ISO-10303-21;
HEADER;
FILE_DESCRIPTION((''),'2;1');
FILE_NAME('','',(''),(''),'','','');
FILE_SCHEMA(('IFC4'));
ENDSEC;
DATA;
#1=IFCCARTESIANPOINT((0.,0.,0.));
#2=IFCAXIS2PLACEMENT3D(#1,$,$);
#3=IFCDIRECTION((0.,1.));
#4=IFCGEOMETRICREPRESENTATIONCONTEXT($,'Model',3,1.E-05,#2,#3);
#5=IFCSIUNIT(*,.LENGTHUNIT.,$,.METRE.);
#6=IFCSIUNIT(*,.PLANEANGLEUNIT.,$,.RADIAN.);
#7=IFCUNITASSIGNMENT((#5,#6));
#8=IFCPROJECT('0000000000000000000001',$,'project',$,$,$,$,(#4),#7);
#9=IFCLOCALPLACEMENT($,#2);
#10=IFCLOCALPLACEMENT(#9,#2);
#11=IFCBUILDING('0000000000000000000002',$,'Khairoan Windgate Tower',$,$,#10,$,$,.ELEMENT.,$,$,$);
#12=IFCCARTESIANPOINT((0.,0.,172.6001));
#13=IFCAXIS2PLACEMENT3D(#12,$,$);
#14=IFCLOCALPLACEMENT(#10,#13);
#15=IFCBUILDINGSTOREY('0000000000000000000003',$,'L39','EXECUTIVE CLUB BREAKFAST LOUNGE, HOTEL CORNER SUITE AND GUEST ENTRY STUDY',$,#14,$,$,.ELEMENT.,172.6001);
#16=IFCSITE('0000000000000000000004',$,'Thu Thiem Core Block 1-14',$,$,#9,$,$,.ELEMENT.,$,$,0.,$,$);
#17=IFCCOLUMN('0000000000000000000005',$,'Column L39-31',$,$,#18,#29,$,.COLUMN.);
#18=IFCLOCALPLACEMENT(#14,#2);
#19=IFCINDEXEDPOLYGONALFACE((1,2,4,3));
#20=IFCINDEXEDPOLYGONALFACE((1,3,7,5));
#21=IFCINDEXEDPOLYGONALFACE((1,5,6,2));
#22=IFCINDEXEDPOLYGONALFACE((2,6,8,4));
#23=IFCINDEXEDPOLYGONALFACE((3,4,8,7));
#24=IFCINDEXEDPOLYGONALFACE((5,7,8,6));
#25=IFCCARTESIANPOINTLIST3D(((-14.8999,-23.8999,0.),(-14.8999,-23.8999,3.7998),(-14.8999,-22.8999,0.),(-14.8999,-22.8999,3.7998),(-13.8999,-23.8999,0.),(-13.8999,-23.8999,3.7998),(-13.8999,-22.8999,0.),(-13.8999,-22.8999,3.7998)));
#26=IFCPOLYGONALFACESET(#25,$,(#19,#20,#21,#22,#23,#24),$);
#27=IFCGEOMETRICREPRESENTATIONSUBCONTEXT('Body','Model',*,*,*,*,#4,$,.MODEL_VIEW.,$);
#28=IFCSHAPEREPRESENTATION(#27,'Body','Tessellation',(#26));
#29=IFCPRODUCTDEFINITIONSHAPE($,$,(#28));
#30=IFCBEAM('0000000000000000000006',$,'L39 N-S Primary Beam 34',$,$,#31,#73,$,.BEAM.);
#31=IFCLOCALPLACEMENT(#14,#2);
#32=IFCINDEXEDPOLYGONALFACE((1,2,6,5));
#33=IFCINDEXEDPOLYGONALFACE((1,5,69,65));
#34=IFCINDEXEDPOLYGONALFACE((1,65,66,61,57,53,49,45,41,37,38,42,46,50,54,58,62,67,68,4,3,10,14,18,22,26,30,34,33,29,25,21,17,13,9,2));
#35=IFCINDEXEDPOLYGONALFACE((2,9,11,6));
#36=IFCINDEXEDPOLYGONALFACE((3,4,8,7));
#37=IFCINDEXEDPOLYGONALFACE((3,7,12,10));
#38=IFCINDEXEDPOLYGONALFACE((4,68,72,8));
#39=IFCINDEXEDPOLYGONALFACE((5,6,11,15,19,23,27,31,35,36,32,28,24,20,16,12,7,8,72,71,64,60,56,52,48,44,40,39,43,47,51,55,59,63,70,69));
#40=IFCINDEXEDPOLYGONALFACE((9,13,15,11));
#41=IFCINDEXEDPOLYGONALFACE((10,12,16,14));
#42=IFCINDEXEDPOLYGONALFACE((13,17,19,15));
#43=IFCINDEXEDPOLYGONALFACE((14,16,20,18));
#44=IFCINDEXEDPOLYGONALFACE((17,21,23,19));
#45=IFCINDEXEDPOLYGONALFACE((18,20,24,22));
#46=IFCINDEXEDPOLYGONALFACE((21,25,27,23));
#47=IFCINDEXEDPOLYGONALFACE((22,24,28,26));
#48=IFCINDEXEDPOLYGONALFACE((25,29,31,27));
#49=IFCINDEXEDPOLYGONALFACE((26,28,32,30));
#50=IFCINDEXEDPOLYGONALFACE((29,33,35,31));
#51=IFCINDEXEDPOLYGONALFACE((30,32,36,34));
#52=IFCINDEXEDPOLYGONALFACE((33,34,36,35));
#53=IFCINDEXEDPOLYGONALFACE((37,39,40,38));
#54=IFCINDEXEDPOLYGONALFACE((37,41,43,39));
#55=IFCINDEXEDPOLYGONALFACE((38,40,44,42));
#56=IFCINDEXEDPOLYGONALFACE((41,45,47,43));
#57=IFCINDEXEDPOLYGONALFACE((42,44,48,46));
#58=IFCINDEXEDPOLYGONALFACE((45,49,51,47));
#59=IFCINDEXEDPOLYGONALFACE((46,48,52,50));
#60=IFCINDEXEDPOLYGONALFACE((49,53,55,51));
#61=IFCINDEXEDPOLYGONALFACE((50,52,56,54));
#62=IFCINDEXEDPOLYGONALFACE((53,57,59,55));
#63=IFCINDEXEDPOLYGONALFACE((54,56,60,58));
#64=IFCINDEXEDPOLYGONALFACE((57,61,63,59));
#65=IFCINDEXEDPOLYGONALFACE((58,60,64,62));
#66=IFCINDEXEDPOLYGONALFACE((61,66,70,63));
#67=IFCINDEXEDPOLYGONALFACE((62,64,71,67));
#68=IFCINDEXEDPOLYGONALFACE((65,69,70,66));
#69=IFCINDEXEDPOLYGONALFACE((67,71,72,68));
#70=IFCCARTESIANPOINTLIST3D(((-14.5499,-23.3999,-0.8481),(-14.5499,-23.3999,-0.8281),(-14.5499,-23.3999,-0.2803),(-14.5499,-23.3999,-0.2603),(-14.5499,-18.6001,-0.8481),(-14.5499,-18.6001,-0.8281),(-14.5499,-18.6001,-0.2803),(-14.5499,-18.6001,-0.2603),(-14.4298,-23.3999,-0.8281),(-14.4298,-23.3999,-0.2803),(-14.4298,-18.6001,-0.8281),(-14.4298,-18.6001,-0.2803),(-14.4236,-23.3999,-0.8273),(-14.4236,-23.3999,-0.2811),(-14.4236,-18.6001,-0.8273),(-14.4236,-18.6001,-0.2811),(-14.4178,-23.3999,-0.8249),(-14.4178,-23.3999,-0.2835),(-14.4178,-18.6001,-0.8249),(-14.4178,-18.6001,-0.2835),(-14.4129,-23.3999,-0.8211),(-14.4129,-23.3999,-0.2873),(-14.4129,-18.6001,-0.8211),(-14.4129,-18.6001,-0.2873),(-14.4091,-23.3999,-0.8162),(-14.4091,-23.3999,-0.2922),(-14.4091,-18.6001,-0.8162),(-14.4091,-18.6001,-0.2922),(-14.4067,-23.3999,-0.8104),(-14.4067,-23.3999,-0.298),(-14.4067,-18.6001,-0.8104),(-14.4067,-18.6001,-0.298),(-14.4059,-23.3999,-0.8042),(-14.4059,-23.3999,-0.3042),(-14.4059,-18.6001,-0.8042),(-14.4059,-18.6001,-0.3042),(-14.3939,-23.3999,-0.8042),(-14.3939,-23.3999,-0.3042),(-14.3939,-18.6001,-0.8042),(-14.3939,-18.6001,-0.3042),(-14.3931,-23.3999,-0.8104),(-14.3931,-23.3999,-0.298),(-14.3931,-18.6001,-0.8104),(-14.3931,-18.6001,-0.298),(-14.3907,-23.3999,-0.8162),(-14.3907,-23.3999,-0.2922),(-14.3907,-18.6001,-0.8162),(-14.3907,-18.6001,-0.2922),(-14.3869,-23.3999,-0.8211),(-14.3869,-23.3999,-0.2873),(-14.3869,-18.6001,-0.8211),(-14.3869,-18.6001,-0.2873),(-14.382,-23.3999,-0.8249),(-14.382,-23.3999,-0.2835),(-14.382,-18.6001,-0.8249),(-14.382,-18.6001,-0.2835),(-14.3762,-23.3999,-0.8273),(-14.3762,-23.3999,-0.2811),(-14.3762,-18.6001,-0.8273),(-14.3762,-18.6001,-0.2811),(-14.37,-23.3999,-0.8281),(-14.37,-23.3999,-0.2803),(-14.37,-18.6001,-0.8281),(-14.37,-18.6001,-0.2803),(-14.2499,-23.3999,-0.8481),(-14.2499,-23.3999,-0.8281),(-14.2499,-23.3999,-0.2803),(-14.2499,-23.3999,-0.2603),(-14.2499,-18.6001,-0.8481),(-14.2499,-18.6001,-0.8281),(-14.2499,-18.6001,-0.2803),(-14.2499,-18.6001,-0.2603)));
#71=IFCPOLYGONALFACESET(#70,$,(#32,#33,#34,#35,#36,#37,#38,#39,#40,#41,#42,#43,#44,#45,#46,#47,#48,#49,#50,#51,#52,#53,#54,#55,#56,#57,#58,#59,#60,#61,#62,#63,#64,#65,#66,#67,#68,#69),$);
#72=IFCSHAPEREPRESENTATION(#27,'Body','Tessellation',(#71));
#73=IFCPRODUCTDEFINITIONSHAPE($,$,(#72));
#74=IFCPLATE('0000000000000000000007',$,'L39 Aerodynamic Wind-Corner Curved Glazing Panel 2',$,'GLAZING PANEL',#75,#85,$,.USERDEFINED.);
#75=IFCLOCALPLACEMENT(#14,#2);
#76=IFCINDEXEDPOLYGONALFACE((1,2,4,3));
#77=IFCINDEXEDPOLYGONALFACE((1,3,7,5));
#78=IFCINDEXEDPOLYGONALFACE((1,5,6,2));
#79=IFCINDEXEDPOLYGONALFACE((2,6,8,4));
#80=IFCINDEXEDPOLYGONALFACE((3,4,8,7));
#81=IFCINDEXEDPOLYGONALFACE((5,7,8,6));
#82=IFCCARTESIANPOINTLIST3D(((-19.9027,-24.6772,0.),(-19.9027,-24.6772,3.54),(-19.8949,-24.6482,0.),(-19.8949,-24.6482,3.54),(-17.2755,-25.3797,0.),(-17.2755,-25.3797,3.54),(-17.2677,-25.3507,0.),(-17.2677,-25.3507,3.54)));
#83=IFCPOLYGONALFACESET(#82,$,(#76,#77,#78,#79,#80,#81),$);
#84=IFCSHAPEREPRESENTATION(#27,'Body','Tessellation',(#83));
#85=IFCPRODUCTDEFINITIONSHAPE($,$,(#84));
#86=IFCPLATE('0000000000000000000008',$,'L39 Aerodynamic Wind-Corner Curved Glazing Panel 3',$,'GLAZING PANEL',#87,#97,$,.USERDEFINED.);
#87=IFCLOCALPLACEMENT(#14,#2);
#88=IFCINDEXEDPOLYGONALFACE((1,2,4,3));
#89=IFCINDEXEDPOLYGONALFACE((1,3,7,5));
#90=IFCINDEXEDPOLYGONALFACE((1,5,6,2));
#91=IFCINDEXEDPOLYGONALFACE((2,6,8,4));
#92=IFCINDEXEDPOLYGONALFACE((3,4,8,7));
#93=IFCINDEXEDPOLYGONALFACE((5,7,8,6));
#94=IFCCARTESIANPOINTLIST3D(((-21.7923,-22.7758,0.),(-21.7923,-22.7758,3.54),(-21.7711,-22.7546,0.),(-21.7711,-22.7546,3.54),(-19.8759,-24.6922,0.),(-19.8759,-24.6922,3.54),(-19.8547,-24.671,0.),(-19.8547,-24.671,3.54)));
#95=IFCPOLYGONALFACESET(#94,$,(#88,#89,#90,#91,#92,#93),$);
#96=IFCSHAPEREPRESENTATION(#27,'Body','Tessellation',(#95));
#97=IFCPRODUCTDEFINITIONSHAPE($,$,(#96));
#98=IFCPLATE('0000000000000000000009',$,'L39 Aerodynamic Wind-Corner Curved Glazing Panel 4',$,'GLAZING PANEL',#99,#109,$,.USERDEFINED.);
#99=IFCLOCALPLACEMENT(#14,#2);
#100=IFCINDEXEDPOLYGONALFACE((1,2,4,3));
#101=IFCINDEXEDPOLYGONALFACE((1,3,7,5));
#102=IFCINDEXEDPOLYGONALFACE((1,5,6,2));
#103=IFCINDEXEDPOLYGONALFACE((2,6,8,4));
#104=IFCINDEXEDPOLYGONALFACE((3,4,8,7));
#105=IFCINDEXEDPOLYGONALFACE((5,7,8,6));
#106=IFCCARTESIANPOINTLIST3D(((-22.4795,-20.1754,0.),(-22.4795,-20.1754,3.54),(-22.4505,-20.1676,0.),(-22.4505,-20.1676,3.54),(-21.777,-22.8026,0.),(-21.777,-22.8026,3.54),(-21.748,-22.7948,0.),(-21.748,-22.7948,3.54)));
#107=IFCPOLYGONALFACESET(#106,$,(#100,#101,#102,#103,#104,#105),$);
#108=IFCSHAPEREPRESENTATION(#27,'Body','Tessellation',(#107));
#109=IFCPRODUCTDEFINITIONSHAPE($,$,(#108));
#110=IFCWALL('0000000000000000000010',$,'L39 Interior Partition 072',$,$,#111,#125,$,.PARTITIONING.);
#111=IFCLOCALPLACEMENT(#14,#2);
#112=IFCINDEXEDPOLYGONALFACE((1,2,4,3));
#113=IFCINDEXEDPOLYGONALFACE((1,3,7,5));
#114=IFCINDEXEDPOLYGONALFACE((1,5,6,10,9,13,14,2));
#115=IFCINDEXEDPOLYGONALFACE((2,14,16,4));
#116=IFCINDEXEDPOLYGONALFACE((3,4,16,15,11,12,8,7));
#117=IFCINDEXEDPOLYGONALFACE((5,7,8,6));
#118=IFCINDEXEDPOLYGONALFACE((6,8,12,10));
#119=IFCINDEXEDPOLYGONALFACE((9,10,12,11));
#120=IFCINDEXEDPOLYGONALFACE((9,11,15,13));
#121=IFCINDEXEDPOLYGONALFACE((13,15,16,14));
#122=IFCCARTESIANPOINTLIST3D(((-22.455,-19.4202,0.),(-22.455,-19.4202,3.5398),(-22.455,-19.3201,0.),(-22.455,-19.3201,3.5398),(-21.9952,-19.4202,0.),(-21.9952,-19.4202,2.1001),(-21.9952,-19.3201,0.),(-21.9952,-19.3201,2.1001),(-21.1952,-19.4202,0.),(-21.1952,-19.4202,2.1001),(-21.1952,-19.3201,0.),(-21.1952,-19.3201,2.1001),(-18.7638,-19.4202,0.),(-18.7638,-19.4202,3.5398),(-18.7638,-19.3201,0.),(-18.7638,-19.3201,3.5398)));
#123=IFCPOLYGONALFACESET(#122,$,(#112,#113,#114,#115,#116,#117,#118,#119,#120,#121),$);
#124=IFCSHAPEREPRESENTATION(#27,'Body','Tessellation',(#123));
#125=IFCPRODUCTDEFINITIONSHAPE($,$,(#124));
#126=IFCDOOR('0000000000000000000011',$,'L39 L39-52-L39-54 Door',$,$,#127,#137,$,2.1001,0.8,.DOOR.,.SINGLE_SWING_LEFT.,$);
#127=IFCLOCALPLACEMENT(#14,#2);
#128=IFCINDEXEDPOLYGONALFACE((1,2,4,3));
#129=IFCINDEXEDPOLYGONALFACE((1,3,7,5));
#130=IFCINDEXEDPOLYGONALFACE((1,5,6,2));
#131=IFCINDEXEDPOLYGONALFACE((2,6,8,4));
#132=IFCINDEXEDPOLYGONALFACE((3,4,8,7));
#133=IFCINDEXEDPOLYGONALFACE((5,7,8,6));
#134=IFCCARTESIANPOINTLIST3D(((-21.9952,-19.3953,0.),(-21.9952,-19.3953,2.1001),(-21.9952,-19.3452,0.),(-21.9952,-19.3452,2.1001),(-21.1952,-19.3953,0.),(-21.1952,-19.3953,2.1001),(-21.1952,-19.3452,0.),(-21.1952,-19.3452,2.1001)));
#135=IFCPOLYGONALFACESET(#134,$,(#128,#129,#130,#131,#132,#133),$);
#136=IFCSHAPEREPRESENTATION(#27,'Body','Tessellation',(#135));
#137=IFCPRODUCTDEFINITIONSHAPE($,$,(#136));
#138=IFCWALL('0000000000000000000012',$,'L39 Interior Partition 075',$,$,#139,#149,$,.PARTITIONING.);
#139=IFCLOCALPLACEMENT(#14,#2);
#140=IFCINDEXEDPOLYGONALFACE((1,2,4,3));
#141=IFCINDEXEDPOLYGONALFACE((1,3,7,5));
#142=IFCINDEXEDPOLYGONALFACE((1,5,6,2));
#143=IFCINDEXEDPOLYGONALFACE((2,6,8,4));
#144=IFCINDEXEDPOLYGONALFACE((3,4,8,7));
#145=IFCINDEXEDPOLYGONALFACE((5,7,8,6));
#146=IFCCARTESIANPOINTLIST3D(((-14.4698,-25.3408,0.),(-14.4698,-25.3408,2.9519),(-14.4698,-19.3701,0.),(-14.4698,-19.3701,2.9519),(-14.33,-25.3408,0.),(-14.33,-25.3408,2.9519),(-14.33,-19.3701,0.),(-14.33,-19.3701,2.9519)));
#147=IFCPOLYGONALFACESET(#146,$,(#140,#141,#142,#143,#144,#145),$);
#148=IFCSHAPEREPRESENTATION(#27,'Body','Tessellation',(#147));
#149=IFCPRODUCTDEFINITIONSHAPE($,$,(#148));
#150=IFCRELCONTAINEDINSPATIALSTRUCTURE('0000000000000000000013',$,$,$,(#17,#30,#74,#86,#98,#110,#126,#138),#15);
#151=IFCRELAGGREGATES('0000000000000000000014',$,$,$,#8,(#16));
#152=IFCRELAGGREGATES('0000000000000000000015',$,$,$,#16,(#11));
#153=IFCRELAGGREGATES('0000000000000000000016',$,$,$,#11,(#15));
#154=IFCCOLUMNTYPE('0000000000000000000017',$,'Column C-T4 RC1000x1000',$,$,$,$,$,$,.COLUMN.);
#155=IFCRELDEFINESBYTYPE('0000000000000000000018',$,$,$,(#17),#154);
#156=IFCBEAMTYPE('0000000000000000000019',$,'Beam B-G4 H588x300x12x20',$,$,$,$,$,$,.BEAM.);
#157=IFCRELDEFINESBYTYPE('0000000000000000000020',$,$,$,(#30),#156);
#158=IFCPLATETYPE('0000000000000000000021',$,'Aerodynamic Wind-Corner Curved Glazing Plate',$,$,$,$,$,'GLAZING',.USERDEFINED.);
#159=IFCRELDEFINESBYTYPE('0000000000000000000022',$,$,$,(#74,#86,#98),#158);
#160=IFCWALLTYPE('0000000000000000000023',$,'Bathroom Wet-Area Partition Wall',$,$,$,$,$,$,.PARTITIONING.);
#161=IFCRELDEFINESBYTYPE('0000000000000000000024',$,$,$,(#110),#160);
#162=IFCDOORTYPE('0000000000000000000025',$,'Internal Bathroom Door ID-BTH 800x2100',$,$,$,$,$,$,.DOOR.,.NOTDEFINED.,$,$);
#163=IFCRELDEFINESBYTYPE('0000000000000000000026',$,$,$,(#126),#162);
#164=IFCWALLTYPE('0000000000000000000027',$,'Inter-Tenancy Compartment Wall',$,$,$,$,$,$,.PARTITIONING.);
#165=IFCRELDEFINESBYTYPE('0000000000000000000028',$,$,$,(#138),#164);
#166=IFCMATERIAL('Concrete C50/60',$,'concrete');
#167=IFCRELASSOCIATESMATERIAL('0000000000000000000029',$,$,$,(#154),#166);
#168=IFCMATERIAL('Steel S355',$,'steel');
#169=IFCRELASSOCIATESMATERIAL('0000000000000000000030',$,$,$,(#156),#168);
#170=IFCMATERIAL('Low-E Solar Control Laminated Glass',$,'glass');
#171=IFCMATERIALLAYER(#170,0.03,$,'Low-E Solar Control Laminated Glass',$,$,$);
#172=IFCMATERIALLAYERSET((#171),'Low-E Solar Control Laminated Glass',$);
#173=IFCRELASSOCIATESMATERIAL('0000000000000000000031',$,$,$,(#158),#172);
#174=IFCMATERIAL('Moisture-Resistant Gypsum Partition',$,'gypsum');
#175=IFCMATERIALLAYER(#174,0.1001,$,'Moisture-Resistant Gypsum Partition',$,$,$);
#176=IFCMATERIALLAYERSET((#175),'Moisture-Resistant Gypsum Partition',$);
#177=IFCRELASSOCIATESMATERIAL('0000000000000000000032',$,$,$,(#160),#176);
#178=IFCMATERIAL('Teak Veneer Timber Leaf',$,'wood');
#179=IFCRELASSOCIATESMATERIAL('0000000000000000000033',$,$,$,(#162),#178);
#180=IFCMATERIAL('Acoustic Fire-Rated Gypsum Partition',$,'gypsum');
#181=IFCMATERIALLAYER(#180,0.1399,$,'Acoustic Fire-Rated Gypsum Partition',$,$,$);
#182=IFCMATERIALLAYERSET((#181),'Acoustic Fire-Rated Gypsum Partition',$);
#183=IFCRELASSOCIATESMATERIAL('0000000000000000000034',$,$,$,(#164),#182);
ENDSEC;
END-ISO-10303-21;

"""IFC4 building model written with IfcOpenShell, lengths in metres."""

from ifc_helpers import new_model, si_unit, direction, frame, frame_2d, origin, origin_2d, place, context, subcontext, project, spatial, rectangle, i_section, extrude, material, layer, layer_set, material_profile, profile_set, type_object, element, fill, save


model = new_model("IFC4")

# Units and contexts
model_context = context("Model", 3, precision=1e-05, world=origin(), true_north=direction((0.0, 1.0)))
body_context = subcontext(model_context, "Body", "Model", "MODEL_VIEW")
ifc_project = project(units=[si_unit("LENGTHUNIT", "METRE"), si_unit("PLANEANGLEUNIT", "RADIAN")], contexts=[model_context])

# Site, building, storey
site_placement = place(None, origin())
site = spatial("IfcSite", under=ifc_project, at=site_placement, Name="Thu Thiem Core Block 1-14", CompositionType="ELEMENT", RefElevation=0.0)
building_placement = place(site_placement, origin())
building = spatial("IfcBuilding", under=site, at=building_placement, Name="Khairoan Windgate Tower", CompositionType="ELEMENT")
storey_placement = place(building_placement, frame((0.0, 0.0, 172.6001)))
storey = spatial("IfcBuildingStorey", under=building, at=storey_placement, Name="L39", Description="EXECUTIVE CLUB BREAKFAST LOUNGE, HOTEL CORNER SUITE AND GUEST ENTRY STUDY", CompositionType="ELEMENT", Elevation=172.6001)

# Column
ifc_material_1 = material(Name="Concrete C50/60", Category="concrete")
ifc_material_profile_1 = material_profile(ifc_material_1, rectangle(XDim=1.0, YDim=1.0, at=origin_2d()))
ifc_profile_set_1 = profile_set([ifc_material_profile_1], Name="Concrete C50/60")
column_type = type_object("IfcColumnType", Name="Column C-T4 RC1000x1000", PredefinedType="COLUMN", material=ifc_profile_set_1)
column_placement = place(storey_placement, frame((-14.3999, -23.3999, 0.0), z_axis=(0.0, 0.0, 1.0), x_axis=(1.0, 0.0, 0.0)))
element("IfcColumn", 1, at=column_placement, inside=storey, type_object=column_type, Name="Column L39-31", PredefinedType="COLUMN", context=body_context, shape_type="SweptSolid", body=[
    extrude(rectangle(XDim=1.0, YDim=1.0, at=origin_2d()), origin(), (0.0, 0.0, 1.0), 3.7998),
])

# Beam
ifc_material_2 = material(Name="Steel S355", Category="steel")
ifc_material_profile_2 = material_profile(ifc_material_2, i_section(OverallWidth=0.3, OverallDepth=0.5879, WebThickness=0.012, FlangeThickness=0.02, FilletRadius=0.0239, at=origin_2d()))
ifc_profile_set_2 = profile_set([ifc_material_profile_2], Name="Steel S355")
beam_type = type_object("IfcBeamType", Name="Beam B-G4 H588x300x12x20", PredefinedType="BEAM", material=ifc_profile_set_2)
beam_placement = place(storey_placement, frame((-14.3999, -23.3999, -0.5542), z_axis=(0.0, 1.0, 0.0), x_axis=(-1.0, 0.0, 0.0)))
element("IfcBeam", 2, at=beam_placement, inside=storey, type_object=beam_type, Name="L39 N-S Primary Beam 34", PredefinedType="BEAM", context=body_context, shape_type="SweptSolid", body=[
    extrude(i_section(OverallWidth=0.3, OverallDepth=0.5879, WebThickness=0.012, FlangeThickness=0.02, FilletRadius=0.0239, at=origin_2d()), origin(), (0.0, 0.0, 1.0), 4.7998),
])

# Plates
ifc_material_3 = material(Name="Low-E Solar Control Laminated Glass", Category="glass")
ifc_layer_1 = layer(ifc_material_3, 0.03, Name="Low-E Solar Control Laminated Glass")
ifc_layer_set_1 = layer_set([ifc_layer_1], Name="Low-E Solar Control Laminated Glass")
plate_type_1 = type_object("IfcPlateType", Name="Aerodynamic Wind-Corner Curved Glazing Plate", ElementType="GLAZING", PredefinedType="USERDEFINED", material=ifc_layer_set_1)
plate_1_placement = place(storey_placement, frame((-18.5852, -25.0139, 0.0), z_axis=(0.0, 0.0, 1.0), x_axis=(-0.966061, 0.258313, 0.0)))
element("IfcPlate", 3, at=plate_1_placement, inside=storey, type_object=plate_type_1, Name="L39 Aerodynamic Wind-Corner Curved Glazing Panel 2", ObjectType="GLAZING PANEL", PredefinedType="USERDEFINED", context=body_context, shape_type="SweptSolid", body=[
    extrude(rectangle(XDim=2.7195, YDim=0.03, at=origin_2d()), origin(), (0.0, 0.0, 1.0), 3.54),
])
plate_2_placement = place(storey_placement, frame((-20.8235, -23.7234, 0.0), z_axis=(0.0, 0.0, 1.0), x_axis=(-0.707107, 0.707107, 0.0)))
element("IfcPlate", 4, at=plate_2_placement, inside=storey, type_object=plate_type_1, Name="L39 Aerodynamic Wind-Corner Curved Glazing Panel 3", ObjectType="GLAZING PANEL", PredefinedType="USERDEFINED", context=body_context, shape_type="SweptSolid", body=[
    extrude(rectangle(XDim=2.7102, YDim=0.03, at=origin_2d()), origin(), (0.0, 0.0, 1.0), 3.54),
])
plate_3_placement = place(storey_placement, frame((-22.1138, -21.4851, 0.0), z_axis=(0.0, 0.0, 1.0), x_axis=(-0.258313, 0.966061, 0.0)))
element("IfcPlate", 5, at=plate_3_placement, inside=storey, type_object=plate_type_1, Name="L39 Aerodynamic Wind-Corner Curved Glazing Panel 4", ObjectType="GLAZING PANEL", PredefinedType="USERDEFINED", context=body_context, shape_type="SweptSolid", body=[
    extrude(rectangle(XDim=2.7195, YDim=0.03, at=origin_2d()), origin(), (0.0, 0.0, 1.0), 3.54),
])

# Wall, opening, door
ifc_material_4 = material(Name="Moisture-Resistant Gypsum Partition", Category="gypsum")
ifc_layer_2 = layer(ifc_material_4, 0.1001, Name="Moisture-Resistant Gypsum Partition")
ifc_layer_set_2 = layer_set([ifc_layer_2], Name="Moisture-Resistant Gypsum Partition")
wall_type_1 = type_object("IfcWallType", Name="Bathroom Wet-Area Partition Wall", PredefinedType="PARTITIONING", material=ifc_layer_set_2)
wall_1_placement = place(storey_placement, frame((-22.4551, -19.3701, 0.0), z_axis=(0.0, 0.0, 1.0), x_axis=(1.0, 0.0, 0.0)))
wall_1 = element("IfcWall", 6, at=wall_1_placement, inside=storey, type_object=wall_type_1, Name="L39 Interior Partition 072", PredefinedType="PARTITIONING", context=body_context, shape_type="SweptSolid", body=[
    extrude(rectangle(XDim=3.6912, YDim=0.1001, at=frame_2d((1.8457, 0.0))), origin(), (0.0, 0.0, 1.0), 3.5398),
])
opening_1_placement = place(wall_1_placement, frame((0.46, 0.0, 0.0)))
opening_1 = element("IfcOpeningElement", 7, at=opening_1_placement, cuts=wall_1, PredefinedType="OPENING", context=body_context, shape_type="SweptSolid", body=[
    extrude(rectangle(XDim=0.8, YDim=2.1001, at=frame_2d((0.3999, 1.05))), frame((0.0, 0.0601, 0.0), z_axis=(0.0, -1.0, 0.0), x_axis=(1.0, 0.0, 0.0)), (0.0, 0.0, 1.0), 0.1201),
])
ifc_material_5 = material(Name="Teak Veneer Timber Leaf", Category="wood")
door_type_1 = type_object("IfcDoorType", Name="Internal Bathroom Door ID-BTH 800x2100", OperationType="NOTDEFINED", PredefinedType="DOOR", material=ifc_material_5)
door_1_placement = place(opening_1_placement, origin())
door_1 = element("IfcDoor", 8, at=door_1_placement, inside=storey, type_object=door_type_1, Name="L39 L39-52-L39-54 Door", OperationType="SINGLE_SWING_LEFT", OverallHeight=2.1001, OverallWidth=0.8, PredefinedType="DOOR", context=body_context, shape_type="SweptSolid", body=[
    extrude(rectangle(XDim=0.8, YDim=2.1001, at=frame_2d((0.3999, 1.05))), frame((0.0, 0.0249, 0.0), z_axis=(0.0, -1.0, 0.0), x_axis=(1.0, 0.0, 0.0)), (0.0, 0.0, 1.0), 0.05),
])
fill(opening_1, door_1)

# Wall
ifc_material_6 = material(Name="Acoustic Fire-Rated Gypsum Partition", Category="gypsum")
ifc_layer_3 = layer(ifc_material_6, 0.1399, Name="Acoustic Fire-Rated Gypsum Partition")
ifc_layer_set_3 = layer_set([ifc_layer_3], Name="Acoustic Fire-Rated Gypsum Partition")
wall_type_2 = type_object("IfcWallType", Name="Inter-Tenancy Compartment Wall", PredefinedType="PARTITIONING", material=ifc_layer_set_3)
wall_2_placement = place(storey_placement, frame((-14.3999, -25.3408, 0.0), z_axis=(0.0, 0.0, 1.0), x_axis=(0.0, 1.0, 0.0)))
element("IfcWall", 9, at=wall_2_placement, inside=storey, type_object=wall_type_2, Name="L39 Interior Partition 075", PredefinedType="PARTITIONING", context=body_context, shape_type="SweptSolid", body=[
    extrude(rectangle(XDim=5.9707, YDim=0.1399, at=frame_2d((2.9854, 0.0))), origin(), (0.0, 0.0, 1.0), 2.9519),
])

save(model, "model.ifc")
